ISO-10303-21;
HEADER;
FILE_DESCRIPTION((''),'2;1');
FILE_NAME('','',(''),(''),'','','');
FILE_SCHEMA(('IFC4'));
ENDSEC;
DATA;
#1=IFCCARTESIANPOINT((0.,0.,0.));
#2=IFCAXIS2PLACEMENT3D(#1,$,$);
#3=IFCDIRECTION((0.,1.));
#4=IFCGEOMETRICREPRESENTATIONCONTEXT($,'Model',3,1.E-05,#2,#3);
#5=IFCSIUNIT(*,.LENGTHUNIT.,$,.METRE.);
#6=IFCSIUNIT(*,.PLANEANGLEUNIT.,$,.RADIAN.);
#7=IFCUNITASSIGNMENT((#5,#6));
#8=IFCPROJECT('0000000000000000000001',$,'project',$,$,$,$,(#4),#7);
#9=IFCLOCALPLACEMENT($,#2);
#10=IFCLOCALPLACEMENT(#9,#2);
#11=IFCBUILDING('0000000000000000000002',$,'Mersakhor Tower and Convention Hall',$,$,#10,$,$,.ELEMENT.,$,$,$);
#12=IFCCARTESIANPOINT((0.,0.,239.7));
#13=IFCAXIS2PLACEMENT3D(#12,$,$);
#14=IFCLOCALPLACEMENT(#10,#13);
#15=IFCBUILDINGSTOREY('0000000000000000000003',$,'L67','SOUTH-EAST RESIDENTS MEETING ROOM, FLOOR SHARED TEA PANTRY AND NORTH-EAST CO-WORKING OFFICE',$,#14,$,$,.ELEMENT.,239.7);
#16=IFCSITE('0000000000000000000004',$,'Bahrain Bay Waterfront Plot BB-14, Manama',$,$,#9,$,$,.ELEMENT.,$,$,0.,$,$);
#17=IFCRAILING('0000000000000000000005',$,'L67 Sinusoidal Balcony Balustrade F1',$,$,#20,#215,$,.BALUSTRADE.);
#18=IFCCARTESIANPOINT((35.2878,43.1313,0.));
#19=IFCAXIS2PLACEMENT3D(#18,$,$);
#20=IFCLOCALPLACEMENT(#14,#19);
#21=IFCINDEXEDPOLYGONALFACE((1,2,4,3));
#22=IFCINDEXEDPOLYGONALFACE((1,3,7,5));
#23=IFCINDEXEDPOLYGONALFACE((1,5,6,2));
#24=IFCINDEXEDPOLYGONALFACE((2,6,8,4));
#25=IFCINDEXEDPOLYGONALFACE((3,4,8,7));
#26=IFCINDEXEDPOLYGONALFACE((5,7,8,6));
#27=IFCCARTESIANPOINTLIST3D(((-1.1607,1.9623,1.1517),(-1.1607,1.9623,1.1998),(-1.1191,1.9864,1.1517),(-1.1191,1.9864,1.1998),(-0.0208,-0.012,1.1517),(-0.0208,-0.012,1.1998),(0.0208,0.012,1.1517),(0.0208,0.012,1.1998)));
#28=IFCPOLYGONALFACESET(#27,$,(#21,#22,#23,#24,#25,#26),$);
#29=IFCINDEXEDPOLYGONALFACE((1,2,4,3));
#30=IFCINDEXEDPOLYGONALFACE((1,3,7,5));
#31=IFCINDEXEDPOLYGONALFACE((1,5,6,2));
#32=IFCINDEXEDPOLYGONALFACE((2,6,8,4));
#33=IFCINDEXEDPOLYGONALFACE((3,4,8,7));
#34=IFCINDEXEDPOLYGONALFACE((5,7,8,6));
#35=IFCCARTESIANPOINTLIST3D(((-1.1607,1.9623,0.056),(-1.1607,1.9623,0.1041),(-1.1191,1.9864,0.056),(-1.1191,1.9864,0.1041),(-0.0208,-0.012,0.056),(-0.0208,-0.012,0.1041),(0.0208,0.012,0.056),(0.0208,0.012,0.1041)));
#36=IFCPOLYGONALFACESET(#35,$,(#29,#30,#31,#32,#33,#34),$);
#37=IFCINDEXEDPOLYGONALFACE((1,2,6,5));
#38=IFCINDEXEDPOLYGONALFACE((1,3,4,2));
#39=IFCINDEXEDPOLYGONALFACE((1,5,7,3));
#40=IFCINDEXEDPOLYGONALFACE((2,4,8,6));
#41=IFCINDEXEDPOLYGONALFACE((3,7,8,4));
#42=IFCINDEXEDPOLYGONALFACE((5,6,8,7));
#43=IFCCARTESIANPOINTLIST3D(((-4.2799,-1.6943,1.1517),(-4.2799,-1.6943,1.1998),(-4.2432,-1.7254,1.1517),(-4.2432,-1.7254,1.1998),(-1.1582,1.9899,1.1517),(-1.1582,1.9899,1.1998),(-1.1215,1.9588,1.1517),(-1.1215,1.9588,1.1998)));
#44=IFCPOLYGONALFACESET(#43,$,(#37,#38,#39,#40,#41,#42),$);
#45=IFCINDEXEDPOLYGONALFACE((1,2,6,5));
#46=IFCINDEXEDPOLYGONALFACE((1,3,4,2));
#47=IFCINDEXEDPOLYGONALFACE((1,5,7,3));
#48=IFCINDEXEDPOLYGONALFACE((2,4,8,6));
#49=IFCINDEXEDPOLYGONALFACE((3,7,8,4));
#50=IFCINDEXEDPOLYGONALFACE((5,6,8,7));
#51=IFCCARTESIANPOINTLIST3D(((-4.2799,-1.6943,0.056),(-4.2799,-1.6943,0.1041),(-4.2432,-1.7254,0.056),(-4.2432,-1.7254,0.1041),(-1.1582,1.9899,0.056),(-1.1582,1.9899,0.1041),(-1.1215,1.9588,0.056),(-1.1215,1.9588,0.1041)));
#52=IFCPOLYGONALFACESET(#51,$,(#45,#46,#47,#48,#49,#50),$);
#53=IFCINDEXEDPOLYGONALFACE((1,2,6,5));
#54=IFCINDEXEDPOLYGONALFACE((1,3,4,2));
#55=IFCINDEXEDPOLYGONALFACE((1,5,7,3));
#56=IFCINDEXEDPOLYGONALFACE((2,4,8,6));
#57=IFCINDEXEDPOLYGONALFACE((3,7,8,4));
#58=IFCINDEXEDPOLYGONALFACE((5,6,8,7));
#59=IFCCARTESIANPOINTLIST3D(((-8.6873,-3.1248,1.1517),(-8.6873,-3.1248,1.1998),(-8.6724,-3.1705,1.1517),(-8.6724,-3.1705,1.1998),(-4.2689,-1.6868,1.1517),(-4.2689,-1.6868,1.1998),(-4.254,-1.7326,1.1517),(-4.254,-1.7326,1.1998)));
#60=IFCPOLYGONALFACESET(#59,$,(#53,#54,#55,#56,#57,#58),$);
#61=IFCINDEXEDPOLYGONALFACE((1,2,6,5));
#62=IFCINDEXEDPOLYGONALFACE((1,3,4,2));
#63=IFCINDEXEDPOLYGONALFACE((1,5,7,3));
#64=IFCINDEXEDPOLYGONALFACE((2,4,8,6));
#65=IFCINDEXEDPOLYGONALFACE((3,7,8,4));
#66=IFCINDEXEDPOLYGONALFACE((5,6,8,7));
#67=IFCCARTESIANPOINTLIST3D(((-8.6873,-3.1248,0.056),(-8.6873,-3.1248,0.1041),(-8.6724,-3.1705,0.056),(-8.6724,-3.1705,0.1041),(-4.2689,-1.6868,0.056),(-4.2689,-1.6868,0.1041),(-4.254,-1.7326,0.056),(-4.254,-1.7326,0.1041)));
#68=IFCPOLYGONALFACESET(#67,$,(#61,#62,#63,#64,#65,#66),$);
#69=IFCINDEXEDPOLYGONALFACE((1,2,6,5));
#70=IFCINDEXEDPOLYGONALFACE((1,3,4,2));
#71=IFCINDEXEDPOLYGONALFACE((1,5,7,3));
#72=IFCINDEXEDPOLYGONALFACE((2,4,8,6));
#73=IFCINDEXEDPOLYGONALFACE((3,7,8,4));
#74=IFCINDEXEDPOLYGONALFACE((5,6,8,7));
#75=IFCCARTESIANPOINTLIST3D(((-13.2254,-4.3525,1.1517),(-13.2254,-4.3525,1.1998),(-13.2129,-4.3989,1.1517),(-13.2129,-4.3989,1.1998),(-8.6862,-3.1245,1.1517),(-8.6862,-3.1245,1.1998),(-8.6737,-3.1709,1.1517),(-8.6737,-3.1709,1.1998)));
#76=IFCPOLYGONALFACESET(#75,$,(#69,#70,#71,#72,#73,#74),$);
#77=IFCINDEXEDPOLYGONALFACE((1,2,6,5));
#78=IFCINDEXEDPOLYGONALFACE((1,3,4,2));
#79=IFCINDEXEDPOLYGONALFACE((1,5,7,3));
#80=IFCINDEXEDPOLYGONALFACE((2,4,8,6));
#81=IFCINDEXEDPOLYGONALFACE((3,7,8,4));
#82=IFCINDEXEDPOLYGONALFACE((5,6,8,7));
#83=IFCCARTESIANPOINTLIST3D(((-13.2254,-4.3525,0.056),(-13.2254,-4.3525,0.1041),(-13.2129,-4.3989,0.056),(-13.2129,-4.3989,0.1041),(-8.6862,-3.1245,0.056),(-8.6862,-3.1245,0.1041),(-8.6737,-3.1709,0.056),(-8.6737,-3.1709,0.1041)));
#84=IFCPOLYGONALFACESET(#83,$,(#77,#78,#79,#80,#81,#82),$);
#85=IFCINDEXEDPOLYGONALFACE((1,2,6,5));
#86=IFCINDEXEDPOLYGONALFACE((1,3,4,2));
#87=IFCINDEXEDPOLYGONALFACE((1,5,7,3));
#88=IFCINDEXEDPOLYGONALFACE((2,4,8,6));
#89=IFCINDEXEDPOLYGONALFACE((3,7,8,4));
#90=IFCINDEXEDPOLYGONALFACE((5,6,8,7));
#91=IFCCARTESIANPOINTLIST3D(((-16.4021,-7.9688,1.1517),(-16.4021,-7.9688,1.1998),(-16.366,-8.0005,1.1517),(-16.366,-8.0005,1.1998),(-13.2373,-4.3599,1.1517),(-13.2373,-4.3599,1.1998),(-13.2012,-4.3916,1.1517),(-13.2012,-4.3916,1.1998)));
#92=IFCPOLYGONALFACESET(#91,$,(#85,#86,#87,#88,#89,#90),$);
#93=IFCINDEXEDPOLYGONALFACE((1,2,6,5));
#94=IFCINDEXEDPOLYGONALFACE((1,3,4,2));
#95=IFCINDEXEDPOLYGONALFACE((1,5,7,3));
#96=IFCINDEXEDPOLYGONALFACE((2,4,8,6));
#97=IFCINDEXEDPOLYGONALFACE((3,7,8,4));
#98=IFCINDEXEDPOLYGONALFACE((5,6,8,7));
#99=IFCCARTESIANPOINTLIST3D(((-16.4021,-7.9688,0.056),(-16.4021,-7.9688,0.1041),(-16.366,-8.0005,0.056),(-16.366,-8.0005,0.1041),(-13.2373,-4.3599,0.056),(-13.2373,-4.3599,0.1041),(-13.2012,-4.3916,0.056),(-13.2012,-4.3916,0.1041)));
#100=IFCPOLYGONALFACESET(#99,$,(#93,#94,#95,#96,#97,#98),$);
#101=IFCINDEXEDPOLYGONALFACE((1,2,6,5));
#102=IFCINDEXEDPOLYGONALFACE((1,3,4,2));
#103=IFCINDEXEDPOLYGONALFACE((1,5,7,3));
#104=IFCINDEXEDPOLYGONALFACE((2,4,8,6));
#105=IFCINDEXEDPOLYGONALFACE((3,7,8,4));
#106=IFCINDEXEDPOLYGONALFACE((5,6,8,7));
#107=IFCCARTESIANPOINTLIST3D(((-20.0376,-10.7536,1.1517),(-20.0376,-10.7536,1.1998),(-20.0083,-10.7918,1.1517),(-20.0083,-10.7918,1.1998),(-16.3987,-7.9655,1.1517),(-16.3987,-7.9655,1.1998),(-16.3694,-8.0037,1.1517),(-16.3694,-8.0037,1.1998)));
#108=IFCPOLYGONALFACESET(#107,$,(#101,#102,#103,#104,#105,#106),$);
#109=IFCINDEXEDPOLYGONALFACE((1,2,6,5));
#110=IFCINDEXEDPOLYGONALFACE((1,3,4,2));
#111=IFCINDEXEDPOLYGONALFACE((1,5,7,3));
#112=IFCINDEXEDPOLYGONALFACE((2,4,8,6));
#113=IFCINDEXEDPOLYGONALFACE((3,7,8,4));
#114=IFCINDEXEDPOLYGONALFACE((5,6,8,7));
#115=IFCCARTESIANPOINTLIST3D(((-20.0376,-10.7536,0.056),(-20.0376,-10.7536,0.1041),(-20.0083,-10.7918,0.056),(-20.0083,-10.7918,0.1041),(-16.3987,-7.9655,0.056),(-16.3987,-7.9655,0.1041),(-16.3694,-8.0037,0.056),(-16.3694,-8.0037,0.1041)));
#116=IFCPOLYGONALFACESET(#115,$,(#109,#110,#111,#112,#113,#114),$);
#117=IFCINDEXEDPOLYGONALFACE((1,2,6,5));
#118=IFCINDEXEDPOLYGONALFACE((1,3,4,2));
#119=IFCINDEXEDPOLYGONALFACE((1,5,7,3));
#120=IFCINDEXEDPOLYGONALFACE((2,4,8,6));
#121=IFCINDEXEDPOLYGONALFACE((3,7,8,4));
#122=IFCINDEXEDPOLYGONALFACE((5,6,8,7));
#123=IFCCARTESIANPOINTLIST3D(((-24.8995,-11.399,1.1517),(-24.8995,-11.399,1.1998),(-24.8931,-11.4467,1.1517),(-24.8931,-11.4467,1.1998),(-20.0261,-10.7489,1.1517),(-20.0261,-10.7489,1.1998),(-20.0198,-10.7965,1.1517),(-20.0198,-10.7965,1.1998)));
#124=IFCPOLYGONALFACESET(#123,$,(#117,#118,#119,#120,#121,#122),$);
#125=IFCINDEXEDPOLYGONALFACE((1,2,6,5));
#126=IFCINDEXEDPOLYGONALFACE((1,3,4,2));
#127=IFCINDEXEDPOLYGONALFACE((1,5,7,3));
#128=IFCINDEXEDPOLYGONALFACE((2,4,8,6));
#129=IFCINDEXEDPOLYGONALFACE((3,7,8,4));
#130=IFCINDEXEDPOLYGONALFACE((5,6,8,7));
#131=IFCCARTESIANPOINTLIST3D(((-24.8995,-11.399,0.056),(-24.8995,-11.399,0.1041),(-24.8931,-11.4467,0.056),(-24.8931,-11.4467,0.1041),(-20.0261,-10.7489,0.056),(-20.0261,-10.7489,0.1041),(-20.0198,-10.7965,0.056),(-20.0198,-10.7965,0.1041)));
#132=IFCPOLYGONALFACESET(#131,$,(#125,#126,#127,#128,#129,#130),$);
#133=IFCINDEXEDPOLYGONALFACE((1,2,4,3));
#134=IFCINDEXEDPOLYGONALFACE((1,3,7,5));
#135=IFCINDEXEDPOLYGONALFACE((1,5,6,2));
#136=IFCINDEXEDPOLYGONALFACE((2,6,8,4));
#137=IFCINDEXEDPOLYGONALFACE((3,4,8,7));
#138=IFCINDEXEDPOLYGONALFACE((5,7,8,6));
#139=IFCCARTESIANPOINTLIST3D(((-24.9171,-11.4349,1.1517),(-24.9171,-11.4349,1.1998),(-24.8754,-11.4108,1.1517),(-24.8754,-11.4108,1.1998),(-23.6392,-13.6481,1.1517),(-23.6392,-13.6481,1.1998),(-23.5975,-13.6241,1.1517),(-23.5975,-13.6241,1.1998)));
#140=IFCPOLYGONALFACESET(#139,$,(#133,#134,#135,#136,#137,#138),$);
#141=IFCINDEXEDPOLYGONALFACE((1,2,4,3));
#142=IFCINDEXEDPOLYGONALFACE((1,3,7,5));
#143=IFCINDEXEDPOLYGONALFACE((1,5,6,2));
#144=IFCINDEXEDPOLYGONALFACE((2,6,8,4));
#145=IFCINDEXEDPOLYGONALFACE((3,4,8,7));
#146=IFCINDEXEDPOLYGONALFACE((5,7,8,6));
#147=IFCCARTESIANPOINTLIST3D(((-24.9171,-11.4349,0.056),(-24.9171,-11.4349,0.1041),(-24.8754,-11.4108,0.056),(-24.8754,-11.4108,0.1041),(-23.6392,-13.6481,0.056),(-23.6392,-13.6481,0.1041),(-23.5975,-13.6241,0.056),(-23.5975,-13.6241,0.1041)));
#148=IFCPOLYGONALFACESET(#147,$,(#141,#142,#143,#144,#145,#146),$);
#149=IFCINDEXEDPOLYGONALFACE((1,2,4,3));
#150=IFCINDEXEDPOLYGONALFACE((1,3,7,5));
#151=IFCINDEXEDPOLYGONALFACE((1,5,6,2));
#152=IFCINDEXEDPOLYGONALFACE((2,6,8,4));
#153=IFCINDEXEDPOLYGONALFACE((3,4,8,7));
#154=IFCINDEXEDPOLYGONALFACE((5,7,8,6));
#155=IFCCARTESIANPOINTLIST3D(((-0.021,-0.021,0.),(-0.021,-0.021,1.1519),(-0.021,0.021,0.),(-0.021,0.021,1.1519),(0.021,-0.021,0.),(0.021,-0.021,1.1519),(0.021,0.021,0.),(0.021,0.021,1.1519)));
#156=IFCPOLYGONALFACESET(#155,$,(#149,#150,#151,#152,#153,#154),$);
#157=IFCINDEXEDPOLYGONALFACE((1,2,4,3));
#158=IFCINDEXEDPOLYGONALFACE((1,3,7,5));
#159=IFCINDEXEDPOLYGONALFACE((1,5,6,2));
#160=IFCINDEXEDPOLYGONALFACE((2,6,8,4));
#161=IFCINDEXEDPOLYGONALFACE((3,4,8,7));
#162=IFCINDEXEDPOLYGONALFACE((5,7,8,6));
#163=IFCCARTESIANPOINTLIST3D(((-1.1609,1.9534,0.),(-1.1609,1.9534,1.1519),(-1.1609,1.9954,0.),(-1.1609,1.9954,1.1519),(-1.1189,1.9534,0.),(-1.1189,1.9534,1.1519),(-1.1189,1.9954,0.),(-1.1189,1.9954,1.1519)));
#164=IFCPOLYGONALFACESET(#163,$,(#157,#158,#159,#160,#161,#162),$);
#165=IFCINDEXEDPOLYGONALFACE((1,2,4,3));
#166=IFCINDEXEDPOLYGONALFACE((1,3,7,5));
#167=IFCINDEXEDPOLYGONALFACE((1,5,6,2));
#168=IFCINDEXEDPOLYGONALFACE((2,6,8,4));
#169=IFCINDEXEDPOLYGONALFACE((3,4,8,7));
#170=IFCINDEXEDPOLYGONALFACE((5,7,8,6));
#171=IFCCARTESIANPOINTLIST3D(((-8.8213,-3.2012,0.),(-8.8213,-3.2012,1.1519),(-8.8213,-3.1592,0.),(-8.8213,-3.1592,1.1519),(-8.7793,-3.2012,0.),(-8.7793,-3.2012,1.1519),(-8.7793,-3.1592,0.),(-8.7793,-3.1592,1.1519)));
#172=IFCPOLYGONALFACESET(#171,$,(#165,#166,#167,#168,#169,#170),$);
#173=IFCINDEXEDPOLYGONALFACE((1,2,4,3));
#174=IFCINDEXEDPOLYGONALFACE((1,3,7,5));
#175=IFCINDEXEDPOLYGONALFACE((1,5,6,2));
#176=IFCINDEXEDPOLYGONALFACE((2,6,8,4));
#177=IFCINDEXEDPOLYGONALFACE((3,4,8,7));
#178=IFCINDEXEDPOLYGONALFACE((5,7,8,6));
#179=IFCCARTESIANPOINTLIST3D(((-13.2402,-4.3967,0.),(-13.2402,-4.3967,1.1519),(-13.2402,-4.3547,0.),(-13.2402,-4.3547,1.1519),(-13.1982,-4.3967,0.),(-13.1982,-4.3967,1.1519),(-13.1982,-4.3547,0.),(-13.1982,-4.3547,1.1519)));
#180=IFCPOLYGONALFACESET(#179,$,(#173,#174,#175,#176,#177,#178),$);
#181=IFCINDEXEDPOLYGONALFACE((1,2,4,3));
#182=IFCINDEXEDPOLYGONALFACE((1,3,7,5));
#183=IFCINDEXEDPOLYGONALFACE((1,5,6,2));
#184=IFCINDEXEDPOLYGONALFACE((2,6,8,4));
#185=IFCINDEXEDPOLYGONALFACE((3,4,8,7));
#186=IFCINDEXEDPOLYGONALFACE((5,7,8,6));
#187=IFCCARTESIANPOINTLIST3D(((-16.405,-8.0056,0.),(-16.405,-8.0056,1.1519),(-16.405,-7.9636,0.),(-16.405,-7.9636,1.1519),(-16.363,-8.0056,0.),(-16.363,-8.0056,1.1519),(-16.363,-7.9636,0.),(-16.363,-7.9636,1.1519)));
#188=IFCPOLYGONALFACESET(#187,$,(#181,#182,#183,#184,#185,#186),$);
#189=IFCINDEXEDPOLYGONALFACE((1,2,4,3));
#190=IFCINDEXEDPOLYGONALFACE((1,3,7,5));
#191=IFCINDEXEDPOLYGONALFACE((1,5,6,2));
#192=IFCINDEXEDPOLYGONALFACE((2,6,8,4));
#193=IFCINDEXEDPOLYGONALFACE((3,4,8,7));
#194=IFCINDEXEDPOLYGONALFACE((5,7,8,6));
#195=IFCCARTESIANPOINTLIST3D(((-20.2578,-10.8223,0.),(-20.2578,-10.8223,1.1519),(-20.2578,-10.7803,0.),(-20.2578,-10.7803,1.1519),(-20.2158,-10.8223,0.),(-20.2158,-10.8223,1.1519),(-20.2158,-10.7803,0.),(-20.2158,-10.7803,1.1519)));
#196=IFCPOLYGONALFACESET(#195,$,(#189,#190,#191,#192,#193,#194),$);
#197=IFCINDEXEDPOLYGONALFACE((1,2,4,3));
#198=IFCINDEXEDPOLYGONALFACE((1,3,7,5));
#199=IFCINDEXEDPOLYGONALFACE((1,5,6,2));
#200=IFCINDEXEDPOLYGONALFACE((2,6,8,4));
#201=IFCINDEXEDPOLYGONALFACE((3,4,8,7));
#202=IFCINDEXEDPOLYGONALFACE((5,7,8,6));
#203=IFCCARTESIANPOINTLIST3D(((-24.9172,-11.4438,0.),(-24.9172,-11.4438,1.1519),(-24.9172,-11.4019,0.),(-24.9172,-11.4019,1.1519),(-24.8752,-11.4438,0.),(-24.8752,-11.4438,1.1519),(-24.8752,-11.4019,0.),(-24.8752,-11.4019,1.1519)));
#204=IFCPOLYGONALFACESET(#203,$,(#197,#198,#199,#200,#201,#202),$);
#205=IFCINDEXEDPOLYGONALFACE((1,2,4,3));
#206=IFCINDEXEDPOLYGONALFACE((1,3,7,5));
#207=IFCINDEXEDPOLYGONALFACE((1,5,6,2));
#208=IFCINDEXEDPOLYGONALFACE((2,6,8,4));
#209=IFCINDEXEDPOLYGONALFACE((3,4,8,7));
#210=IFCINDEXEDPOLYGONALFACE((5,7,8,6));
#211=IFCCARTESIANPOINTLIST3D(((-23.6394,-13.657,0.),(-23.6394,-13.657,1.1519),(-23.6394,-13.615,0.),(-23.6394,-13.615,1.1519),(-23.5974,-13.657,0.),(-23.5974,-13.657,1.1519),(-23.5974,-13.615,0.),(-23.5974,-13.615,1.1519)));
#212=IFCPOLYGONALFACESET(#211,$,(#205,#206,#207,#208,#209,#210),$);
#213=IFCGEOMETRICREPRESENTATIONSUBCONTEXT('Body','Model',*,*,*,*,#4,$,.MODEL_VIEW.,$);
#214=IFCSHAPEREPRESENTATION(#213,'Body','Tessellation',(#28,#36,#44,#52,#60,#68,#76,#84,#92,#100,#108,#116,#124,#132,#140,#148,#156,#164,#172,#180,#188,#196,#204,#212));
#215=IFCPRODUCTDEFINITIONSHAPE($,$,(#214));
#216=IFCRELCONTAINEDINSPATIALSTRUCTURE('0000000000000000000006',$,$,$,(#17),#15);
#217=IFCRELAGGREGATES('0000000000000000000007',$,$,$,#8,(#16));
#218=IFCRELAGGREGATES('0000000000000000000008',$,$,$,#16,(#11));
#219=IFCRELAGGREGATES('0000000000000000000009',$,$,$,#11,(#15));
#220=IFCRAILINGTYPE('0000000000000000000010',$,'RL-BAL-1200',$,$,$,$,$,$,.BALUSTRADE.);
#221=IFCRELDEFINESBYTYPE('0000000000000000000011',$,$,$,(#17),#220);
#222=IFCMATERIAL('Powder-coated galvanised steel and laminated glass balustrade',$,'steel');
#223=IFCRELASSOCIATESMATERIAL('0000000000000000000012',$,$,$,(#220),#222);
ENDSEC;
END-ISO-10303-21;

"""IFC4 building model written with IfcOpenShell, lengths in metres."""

from ifc_helpers import new_model, si_unit, direction, frame, origin, origin_2d, place, context, subcontext, project, spatial, rectangle, extrude, material, type_object, element, save


model = new_model("IFC4")

# Units and contexts
model_context = context("Model", 3, precision=1e-05, world=origin(), true_north=direction((0.0, 1.0)))
body_context = subcontext(model_context, "Body", "Model", "MODEL_VIEW")
ifc_project = project(units=[si_unit("LENGTHUNIT", "METRE"), si_unit("PLANEANGLEUNIT", "RADIAN")], contexts=[model_context])

# Site, building, storey
site_placement = place(None, origin())
site = spatial("IfcSite", under=ifc_project, at=site_placement, Name="Bahrain Bay Waterfront Plot BB-14, Manama", CompositionType="ELEMENT", RefElevation=0.0)
building_placement = place(site_placement, origin())
building = spatial("IfcBuilding", under=site, at=building_placement, Name="Mersakhor Tower and Convention Hall", CompositionType="ELEMENT")
storey_placement = place(building_placement, frame((0.0, 0.0, 239.7)))
storey = spatial("IfcBuildingStorey", under=building, at=storey_placement, Name="L67", Description="SOUTH-EAST RESIDENTS MEETING ROOM, FLOOR SHARED TEA PANTRY AND NORTH-EAST CO-WORKING OFFICE", CompositionType="ELEMENT", Elevation=239.7)

# Railing
ifc_material_1 = material(Name="Powder-coated galvanised steel and laminated glass balustrade", Category="steel")
railing_type = type_object("IfcRailingType", Name="RL-BAL-1200", PredefinedType="BALUSTRADE", material=ifc_material_1)
railing_placement = place(storey_placement, frame((35.2878, 43.1313, 0.0)))
element("IfcRailing", 1, at=railing_placement, inside=storey, type_object=railing_type, Name="L67 Sinusoidal Balcony Balustrade F1", PredefinedType="BALUSTRADE", context=body_context, shape_type="SweptSolid", body=[
    extrude(rectangle(XDim=0.0481, YDim=0.0481, at=origin_2d()), frame((0.0, 0.0, 1.1758), z_axis=(-0.499997, 0.866027, 0.0), x_axis=(-0.866027, -0.499997, 0.0)), (0.0, 0.0, 1.0), 2.2798),
    extrude(rectangle(XDim=0.0481, YDim=0.0481, at=origin_2d()), frame((0.0, 0.0, 0.0801), z_axis=(-0.499997, 0.866027, 0.0), x_axis=(-0.866027, -0.499997, 0.0)), (0.0, 0.0, 1.0), 2.2798),
    extrude(rectangle(XDim=0.0481, YDim=0.0481, at=origin_2d()), frame((-1.1399, 1.9744, 1.1758), z_axis=(-0.646459, -0.762949, 0.0), x_axis=(0.762949, -0.646459, 0.0)), (0.0, 0.0, 1.0), 4.8289),
    extrude(rectangle(XDim=0.0481, YDim=0.0481, at=origin_2d()), frame((-1.1399, 1.9744, 0.0801), z_axis=(-0.646459, -0.762949, 0.0), x_axis=(0.762949, -0.646459, 0.0)), (0.0, 0.0, 1.0), 4.8289),
    extrude(rectangle(XDim=0.0481, YDim=0.0481, at=origin_2d()), frame((-4.2615, -1.7097, 1.1758), z_axis=(-0.950908, -0.309473, 0.0), x_axis=(0.309473, -0.950908, 0.0)), (0.0, 0.0, 1.0), 4.6465),
    extrude(rectangle(XDim=0.0481, YDim=0.0481, at=origin_2d()), frame((-4.2615, -1.7097, 0.0801), z_axis=(-0.950908, -0.309473, 0.0), x_axis=(0.309473, -0.950908, 0.0)), (0.0, 0.0, 1.0), 4.6465),
    extrude(rectangle(XDim=0.0481, YDim=0.0481, at=origin_2d()), frame((-8.6799, -3.1477, 1.1758), z_axis=(-0.9653, -0.261144, 0.0), x_axis=(0.261144, -0.9653, 0.0)), (0.0, 0.0, 1.0), 4.7024),
    extrude(rectangle(XDim=0.0481, YDim=0.0481, at=origin_2d()), frame((-8.6799, -3.1477, 0.0801), z_axis=(-0.9653, -0.261144, 0.0), x_axis=(0.261144, -0.9653, 0.0)), (0.0, 0.0, 1.0), 4.7024),
    extrude(rectangle(XDim=0.0481, YDim=0.0481, at=origin_2d()), frame((-13.2192, -4.3757, 1.1758), z_axis=(-0.659332, -0.751852, 0.0), x_axis=(0.751852, -0.659332, 0.0)), (0.0, 0.0, 1.0), 4.8),
    extrude(rectangle(XDim=0.0481, YDim=0.0481, at=origin_2d()), frame((-13.2192, -4.3757, 0.0801), z_axis=(-0.659332, -0.751852, 0.0), x_axis=(0.751852, -0.659332, 0.0)), (0.0, 0.0, 1.0), 4.8),
    extrude(rectangle(XDim=0.0481, YDim=0.0481, at=origin_2d()), frame((-16.384, -7.9846, 1.1758), z_axis=(-0.793791, -0.608191, 0.0), x_axis=(0.608191, -0.793791, 0.0)), (0.0, 0.0, 1.0), 4.5842),
    extrude(rectangle(XDim=0.0481, YDim=0.0481, at=origin_2d()), frame((-16.384, -7.9846, 0.0801), z_axis=(-0.793791, -0.608191, 0.0), x_axis=(0.608191, -0.793791, 0.0)), (0.0, 0.0, 1.0), 4.5842),
    extrude(rectangle(XDim=0.0481, YDim=0.0481, at=origin_2d()), frame((-20.0229, -10.7727, 1.1758), z_axis=(-0.991218, -0.132239, 0.0), x_axis=(0.132239, -0.991218, 0.0)), (0.0, 0.0, 1.0), 4.9165),
    extrude(rectangle(XDim=0.0481, YDim=0.0481, at=origin_2d()), frame((-20.0229, -10.7727, 0.0801), z_axis=(-0.991218, -0.132239, 0.0), x_axis=(0.132239, -0.991218, 0.0)), (0.0, 0.0, 1.0), 4.9165),
    extrude(rectangle(XDim=0.0481, YDim=0.0481, at=origin_2d()), frame((-24.8962, -11.4229, 1.1758), z_axis=(0.500023, -0.866012, 0.0), x_axis=(0.866012, 0.500023, 0.0)), (0.0, 0.0, 1.0), 2.5557),
    extrude(rectangle(XDim=0.0481, YDim=0.0481, at=origin_2d()), frame((-24.8962, -11.4229, 0.0801), z_axis=(0.500023, -0.866012, 0.0), x_axis=(0.866012, 0.500023, 0.0)), (0.0, 0.0, 1.0), 2.5557),
    extrude(rectangle(XDim=0.042, YDim=0.042, at=origin_2d()), origin(), (0.0, 0.0, 1.0), 1.1519),
    extrude(rectangle(XDim=0.042, YDim=0.042, at=origin_2d()), frame((-1.1399, 1.9744, 0.0)), (0.0, 0.0, 1.0), 1.1519),
    extrude(rectangle(XDim=0.042, YDim=0.042, at=origin_2d()), frame((-8.8003, -3.1802, 0.0)), (0.0, 0.0, 1.0), 1.1519),
    extrude(rectangle(XDim=0.042, YDim=0.042, at=origin_2d()), frame((-13.2192, -4.3757, 0.0)), (0.0, 0.0, 1.0), 1.1519),
    extrude(rectangle(XDim=0.042, YDim=0.042, at=origin_2d()), frame((-16.384, -7.9846, 0.0)), (0.0, 0.0, 1.0), 1.1519),
    extrude(rectangle(XDim=0.042, YDim=0.042, at=origin_2d()), frame((-20.2368, -10.8013, 0.0)), (0.0, 0.0, 1.0), 1.1519),
    extrude(rectangle(XDim=0.042, YDim=0.042, at=origin_2d()), frame((-24.8962, -11.4229, 0.0)), (0.0, 0.0, 1.0), 1.1519),
    extrude(rectangle(XDim=0.042, YDim=0.042, at=origin_2d()), frame((-23.6184, -13.636, 0.0)), (0.0, 0.0, 1.0), 1.1519),
])

save(model, "model.ifc")
